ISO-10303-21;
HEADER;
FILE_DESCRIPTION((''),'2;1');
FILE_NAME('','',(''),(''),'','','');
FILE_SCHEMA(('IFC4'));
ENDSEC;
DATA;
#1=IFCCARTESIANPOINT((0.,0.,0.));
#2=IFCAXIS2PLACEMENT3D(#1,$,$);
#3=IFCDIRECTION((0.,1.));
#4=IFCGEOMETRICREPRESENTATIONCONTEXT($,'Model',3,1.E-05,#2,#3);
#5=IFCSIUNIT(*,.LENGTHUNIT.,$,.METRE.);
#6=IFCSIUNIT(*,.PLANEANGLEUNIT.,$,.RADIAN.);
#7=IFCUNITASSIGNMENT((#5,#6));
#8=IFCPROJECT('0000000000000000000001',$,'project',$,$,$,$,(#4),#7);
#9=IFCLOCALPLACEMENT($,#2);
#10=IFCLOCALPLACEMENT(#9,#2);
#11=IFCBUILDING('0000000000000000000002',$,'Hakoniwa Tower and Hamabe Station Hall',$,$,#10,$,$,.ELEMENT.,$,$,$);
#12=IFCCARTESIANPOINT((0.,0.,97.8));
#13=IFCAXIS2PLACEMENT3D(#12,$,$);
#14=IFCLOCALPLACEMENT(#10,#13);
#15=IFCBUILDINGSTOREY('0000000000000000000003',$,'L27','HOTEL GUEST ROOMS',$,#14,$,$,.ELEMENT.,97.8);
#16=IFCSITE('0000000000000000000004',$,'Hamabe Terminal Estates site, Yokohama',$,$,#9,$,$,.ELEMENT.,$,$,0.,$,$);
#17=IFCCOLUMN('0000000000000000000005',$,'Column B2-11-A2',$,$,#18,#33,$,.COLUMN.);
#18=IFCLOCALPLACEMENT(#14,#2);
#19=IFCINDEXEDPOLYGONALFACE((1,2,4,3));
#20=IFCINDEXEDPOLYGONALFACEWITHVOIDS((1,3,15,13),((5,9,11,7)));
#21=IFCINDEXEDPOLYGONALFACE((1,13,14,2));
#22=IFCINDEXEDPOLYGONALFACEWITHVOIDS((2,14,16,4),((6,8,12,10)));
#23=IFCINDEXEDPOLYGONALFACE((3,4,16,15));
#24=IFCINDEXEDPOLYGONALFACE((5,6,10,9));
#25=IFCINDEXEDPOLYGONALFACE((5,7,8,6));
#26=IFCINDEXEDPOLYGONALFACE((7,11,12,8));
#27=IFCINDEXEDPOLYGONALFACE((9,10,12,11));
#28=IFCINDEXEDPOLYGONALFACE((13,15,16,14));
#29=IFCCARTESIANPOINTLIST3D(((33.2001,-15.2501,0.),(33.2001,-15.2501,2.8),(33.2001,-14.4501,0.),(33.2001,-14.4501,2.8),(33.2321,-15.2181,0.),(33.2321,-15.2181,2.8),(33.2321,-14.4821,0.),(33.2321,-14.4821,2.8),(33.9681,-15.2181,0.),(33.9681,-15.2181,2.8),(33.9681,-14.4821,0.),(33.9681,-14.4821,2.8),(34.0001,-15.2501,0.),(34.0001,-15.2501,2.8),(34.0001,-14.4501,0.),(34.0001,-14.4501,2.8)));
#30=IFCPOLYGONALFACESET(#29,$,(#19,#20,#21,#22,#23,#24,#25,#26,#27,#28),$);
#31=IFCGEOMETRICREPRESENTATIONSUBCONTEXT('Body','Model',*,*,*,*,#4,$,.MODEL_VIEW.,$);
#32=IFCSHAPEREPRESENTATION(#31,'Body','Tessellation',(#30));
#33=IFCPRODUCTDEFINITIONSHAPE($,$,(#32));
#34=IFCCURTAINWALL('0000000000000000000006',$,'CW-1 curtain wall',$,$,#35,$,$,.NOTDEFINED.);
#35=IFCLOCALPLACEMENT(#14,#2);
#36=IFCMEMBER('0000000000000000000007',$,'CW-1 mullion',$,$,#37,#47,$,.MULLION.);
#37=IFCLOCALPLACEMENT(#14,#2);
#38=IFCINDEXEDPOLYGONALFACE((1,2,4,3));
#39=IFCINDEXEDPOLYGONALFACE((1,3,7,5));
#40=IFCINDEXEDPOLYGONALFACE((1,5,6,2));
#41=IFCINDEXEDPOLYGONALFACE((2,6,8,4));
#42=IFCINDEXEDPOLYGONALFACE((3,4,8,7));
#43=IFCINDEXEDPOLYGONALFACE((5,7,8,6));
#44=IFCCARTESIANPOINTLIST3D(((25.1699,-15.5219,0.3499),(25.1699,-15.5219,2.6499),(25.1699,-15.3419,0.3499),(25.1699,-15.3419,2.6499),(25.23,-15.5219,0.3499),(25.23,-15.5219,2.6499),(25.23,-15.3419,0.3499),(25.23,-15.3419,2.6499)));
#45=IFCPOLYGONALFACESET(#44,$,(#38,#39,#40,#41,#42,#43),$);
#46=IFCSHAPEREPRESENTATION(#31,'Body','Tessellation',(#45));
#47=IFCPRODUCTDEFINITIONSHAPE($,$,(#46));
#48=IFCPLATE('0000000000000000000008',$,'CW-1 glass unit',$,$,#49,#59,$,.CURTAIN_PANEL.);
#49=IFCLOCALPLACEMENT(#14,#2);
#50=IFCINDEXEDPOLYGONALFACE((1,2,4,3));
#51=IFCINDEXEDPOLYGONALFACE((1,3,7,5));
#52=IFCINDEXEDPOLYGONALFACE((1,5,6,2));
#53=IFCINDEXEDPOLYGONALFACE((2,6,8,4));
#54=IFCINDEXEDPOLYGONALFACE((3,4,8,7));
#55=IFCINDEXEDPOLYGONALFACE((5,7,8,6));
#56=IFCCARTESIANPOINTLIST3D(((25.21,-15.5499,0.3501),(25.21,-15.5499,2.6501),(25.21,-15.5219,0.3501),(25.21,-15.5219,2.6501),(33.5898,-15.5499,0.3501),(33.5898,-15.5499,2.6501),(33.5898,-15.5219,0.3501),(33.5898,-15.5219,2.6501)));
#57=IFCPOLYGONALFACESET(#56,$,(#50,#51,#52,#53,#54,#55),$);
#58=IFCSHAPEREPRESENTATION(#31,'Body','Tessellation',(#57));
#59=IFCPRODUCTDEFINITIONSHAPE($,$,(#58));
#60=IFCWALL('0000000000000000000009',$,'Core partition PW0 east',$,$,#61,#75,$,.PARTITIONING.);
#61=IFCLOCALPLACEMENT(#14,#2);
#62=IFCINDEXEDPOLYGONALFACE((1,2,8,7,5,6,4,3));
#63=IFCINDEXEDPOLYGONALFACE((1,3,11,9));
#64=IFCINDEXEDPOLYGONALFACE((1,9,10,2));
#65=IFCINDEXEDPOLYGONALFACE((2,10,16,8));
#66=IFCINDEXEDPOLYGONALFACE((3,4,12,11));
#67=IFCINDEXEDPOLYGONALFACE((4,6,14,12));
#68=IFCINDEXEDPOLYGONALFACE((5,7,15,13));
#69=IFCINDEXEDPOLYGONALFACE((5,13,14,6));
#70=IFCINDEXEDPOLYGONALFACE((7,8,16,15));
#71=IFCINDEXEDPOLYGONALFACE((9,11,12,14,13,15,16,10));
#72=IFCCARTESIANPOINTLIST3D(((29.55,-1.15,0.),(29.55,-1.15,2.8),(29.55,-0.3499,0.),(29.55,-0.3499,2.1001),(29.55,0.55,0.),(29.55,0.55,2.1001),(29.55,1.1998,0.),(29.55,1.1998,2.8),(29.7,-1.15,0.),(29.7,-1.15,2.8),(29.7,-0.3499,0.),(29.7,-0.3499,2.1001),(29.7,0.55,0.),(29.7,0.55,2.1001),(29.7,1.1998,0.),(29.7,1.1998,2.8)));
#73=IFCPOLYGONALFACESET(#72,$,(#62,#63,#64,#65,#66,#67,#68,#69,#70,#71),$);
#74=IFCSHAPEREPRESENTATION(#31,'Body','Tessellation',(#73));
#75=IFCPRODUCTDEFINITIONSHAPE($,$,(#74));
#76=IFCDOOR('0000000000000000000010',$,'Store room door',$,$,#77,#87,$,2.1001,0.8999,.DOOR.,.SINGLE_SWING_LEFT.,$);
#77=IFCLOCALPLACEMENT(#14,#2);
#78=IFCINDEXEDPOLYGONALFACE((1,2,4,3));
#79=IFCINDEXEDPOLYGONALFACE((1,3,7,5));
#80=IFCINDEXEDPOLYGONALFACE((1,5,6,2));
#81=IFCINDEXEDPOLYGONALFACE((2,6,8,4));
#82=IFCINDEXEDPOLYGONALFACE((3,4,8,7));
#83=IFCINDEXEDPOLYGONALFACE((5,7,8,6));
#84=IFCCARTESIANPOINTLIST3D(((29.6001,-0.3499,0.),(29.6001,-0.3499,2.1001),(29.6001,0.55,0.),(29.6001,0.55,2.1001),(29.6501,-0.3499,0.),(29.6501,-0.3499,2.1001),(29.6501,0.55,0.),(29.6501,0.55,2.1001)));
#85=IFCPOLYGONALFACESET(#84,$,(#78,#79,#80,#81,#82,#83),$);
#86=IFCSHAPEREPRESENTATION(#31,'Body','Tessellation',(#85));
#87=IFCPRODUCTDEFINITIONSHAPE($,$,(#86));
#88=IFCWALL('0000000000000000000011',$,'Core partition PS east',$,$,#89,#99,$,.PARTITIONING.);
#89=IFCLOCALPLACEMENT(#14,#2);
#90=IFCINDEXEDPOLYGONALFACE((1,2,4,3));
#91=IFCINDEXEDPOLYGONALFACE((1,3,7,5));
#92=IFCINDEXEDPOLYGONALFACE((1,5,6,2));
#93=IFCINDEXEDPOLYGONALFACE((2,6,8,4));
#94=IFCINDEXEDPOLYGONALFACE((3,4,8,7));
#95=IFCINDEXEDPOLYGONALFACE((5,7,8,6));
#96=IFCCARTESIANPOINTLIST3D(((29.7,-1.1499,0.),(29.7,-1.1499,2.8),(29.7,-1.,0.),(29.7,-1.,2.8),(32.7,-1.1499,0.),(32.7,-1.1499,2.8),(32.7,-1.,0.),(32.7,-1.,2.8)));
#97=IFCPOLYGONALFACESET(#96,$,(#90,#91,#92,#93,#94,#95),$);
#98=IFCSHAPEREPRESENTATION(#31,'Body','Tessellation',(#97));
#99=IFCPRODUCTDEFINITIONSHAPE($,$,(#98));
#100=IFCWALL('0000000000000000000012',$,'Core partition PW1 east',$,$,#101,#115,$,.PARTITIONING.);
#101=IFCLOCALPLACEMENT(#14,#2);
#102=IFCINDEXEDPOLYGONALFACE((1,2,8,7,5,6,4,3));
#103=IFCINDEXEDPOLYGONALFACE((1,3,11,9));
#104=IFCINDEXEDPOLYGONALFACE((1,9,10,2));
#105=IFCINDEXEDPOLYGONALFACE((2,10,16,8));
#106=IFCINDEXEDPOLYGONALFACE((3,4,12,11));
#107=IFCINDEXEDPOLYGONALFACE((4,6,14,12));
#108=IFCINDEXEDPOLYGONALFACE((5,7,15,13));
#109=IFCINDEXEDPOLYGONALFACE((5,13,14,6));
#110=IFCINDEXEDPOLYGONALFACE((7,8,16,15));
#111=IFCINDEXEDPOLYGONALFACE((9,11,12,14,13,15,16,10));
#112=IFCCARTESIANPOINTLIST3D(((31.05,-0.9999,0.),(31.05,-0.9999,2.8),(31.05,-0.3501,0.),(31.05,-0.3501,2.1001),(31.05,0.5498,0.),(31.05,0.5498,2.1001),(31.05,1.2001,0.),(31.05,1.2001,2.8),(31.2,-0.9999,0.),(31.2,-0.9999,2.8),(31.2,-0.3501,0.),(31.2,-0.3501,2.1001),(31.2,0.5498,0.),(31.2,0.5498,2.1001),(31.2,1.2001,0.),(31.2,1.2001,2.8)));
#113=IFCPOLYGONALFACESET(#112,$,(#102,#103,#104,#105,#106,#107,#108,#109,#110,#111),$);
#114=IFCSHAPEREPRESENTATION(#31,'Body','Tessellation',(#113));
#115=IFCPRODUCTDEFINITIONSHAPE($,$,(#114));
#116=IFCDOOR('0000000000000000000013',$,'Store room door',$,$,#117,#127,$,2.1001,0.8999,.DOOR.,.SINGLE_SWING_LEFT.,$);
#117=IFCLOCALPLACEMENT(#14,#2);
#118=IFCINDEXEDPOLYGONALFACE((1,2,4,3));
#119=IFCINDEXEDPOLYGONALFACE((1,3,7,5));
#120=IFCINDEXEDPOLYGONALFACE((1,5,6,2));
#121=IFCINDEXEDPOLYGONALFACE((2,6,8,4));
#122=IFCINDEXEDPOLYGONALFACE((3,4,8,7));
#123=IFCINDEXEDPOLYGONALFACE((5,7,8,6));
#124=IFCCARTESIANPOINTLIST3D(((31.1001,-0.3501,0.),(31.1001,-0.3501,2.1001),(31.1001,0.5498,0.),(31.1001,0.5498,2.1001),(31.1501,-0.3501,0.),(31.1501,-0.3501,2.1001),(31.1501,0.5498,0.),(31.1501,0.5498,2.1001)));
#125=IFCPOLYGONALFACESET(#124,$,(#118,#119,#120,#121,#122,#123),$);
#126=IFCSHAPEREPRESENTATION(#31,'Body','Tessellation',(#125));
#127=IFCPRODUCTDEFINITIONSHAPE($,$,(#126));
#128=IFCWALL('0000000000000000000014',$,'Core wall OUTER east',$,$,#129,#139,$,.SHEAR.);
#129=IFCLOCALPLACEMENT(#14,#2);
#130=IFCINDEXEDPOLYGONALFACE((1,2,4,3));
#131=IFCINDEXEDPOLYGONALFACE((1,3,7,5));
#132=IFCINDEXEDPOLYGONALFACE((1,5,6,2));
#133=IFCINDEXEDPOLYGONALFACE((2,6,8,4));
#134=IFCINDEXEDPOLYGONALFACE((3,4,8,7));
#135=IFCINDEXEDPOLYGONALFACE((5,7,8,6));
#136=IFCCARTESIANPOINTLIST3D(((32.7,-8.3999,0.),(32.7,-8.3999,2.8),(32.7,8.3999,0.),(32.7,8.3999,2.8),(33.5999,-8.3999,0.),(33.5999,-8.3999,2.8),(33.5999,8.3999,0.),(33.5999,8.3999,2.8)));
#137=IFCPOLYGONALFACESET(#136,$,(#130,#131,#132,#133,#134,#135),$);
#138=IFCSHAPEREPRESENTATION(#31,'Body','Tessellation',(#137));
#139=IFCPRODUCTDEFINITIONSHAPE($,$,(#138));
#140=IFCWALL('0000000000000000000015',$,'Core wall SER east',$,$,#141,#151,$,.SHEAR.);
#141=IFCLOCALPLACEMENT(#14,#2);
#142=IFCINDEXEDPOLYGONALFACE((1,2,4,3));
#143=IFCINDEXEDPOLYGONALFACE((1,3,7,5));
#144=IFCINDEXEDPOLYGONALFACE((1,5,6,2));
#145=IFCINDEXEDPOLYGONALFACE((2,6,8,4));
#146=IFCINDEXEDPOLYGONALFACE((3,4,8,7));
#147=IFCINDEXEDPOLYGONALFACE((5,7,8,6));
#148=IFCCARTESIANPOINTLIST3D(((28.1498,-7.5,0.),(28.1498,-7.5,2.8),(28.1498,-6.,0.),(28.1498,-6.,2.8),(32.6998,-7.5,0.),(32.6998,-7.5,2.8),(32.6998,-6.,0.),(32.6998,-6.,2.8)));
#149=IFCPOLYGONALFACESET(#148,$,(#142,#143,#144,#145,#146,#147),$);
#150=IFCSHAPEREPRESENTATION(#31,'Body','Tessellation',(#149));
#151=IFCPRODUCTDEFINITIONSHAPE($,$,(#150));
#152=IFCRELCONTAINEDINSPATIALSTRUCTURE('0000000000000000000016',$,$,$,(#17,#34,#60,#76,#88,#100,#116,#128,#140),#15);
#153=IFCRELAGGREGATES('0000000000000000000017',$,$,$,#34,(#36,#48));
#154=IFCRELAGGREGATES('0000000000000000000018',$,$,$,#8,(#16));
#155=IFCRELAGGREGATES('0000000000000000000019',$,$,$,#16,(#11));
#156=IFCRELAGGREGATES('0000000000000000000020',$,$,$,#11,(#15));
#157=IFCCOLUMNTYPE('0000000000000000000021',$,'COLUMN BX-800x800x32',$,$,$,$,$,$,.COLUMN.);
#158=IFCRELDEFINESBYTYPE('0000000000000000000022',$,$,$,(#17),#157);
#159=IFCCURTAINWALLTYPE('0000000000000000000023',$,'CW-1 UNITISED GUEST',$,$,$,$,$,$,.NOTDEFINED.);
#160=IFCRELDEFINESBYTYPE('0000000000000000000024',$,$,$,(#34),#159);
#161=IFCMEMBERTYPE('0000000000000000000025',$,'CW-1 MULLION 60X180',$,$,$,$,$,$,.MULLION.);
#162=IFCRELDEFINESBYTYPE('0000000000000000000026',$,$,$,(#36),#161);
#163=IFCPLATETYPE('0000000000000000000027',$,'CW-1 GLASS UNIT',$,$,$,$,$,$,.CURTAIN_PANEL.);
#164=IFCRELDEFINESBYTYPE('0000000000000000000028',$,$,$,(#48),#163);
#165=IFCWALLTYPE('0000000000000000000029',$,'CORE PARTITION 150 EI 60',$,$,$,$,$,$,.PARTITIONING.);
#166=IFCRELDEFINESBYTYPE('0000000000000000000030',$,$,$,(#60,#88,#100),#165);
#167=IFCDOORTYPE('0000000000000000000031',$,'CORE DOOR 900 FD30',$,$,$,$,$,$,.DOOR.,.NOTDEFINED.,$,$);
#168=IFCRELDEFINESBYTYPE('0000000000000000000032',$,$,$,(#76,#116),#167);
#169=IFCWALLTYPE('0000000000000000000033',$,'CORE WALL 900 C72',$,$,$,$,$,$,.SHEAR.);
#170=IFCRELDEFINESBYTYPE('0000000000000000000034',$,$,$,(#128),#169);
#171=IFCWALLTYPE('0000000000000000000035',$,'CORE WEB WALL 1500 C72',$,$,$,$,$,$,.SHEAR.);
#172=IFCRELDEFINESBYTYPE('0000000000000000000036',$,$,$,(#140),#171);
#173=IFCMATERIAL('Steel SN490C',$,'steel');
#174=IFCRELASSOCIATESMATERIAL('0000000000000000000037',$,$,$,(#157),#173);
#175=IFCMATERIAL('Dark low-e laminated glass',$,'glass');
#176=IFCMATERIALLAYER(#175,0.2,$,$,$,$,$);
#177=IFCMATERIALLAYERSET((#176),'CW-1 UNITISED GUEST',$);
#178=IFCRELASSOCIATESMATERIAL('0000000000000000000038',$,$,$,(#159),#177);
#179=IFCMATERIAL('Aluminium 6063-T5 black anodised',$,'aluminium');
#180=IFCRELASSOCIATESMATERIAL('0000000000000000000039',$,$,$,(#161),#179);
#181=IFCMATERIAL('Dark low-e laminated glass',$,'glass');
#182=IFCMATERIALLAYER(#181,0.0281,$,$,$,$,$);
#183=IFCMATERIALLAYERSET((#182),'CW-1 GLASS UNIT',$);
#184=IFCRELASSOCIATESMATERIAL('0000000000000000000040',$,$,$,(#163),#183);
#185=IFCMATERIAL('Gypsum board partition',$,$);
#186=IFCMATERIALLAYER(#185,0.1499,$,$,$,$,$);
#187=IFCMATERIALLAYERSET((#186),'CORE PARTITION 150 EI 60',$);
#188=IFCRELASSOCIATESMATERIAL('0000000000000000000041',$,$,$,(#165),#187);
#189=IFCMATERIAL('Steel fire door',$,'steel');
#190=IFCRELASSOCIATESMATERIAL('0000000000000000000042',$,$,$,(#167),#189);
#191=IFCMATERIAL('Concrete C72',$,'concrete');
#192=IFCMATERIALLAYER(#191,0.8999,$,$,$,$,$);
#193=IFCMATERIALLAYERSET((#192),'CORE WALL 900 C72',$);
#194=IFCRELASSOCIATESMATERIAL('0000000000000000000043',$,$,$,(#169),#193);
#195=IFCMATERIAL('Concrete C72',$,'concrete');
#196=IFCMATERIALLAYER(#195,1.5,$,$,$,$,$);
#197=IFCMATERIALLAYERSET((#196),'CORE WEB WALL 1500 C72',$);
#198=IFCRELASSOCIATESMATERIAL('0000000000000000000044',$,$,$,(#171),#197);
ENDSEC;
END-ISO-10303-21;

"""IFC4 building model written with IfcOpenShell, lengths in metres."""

from ifc_helpers import new_model, si_unit, direction, frame, frame_2d, origin, origin_2d, place, context, subcontext, project, spatial, rectangle, hollow_rectangle, extrude, material, layer, layer_set, material_profile, profile_set, type_object, element, fill, aggregate, save


model = new_model("IFC4")

# Units and contexts
model_context = context("Model", 3, precision=1e-05, world=origin(), true_north=direction((0.0, 1.0)))
body_context = subcontext(model_context, "Body", "Model", "MODEL_VIEW")
ifc_project = project(units=[si_unit("LENGTHUNIT", "METRE"), si_unit("PLANEANGLEUNIT", "RADIAN")], contexts=[model_context])

# Site, building, storey
site_placement = place(None, origin())
site = spatial("IfcSite", under=ifc_project, at=site_placement, Name="Hamabe Terminal Estates site, Yokohama", CompositionType="ELEMENT", RefElevation=0.0)
building_placement = place(site_placement, origin())
building = spatial("IfcBuilding", under=site, at=building_placement, Name="Hakoniwa Tower and Hamabe Station Hall", CompositionType="ELEMENT")
storey_placement = place(building_placement, frame((0.0, 0.0, 97.8)))
storey = spatial("IfcBuildingStorey", under=building, at=storey_placement, Name="L27", Description="HOTEL GUEST ROOMS", CompositionType="ELEMENT", Elevation=97.8)

# Column
ifc_material_1 = material(Name="Steel SN490C", Category="steel")
ifc_material_profile_1 = material_profile(ifc_material_1, hollow_rectangle(XDim=0.8, YDim=0.8, WallThickness=0.032, at=origin_2d()), Name="BX-800x800x32")
ifc_profile_set_1 = profile_set([ifc_material_profile_1], Name="Steel SN490C")
column_type = type_object("IfcColumnType", Name="COLUMN BX-800x800x32", PredefinedType="COLUMN", material=ifc_profile_set_1)
column_placement = place(storey_placement, frame((33.6001, -14.8501, 0.0), z_axis=(0.0, 0.0, 1.0), x_axis=(1.0, 0.0, 0.0)))
element("IfcColumn", 1, at=column_placement, inside=storey, type_object=column_type, Name="Column B2-11-A2", PredefinedType="COLUMN", context=body_context, shape_type="SweptSolid", body=[
    extrude(hollow_rectangle(XDim=0.8, YDim=0.8, WallThickness=0.032, at=origin_2d()), origin(), (0.0, 0.0, 1.0), 2.8),
])

# Curtain wall, member, plate
ifc_material_2 = material(Name="Dark low-e laminated glass", Category="glass")
ifc_layer_1 = layer(ifc_material_2, 0.2)
ifc_layer_set_1 = layer_set([ifc_layer_1], Name="CW-1 UNITISED GUEST")
curtain_wall_type = type_object("IfcCurtainWallType", Name="CW-1 UNITISED GUEST", PredefinedType="NOTDEFINED", material=ifc_layer_set_1)
curtain_wall_placement = place(storey_placement, origin())
curtain_wall = element("IfcCurtainWall", 2, at=curtain_wall_placement, inside=storey, type_object=curtain_wall_type, Name="CW-1 curtain wall", PredefinedType="NOTDEFINED")
ifc_material_3 = material(Name="Aluminium 6063-T5 black anodised", Category="aluminium")
ifc_material_profile_2 = material_profile(ifc_material_3, rectangle(XDim=0.0601, YDim=0.1799, at=origin_2d()), Name="CW-1 MULLION 60X180")
ifc_profile_set_2 = profile_set([ifc_material_profile_2], Name="Aluminium 6063-T5 black anodised")
member_type = type_object("IfcMemberType", Name="CW-1 MULLION 60X180", PredefinedType="MULLION", material=ifc_profile_set_2)
member_placement = place(storey_placement, frame((25.2, -15.4319, 0.3499), z_axis=(0.0, 0.0, 1.0), x_axis=(1.0, 0.0, 0.0)))
member = element("IfcMember", 3, at=member_placement, type_object=member_type, Name="CW-1 mullion", PredefinedType="MULLION", context=body_context, shape_type="SweptSolid", body=[
    extrude(rectangle(XDim=0.0601, YDim=0.1799, at=origin_2d()), origin(), (0.0, 0.0, 1.0), 2.3),
])
ifc_material_4 = material(Name="Dark low-e laminated glass", Category="glass")
ifc_layer_2 = layer(ifc_material_4, 0.0281)
ifc_layer_set_2 = layer_set([ifc_layer_2], Name="CW-1 GLASS UNIT")
plate_type = type_object("IfcPlateType", Name="CW-1 GLASS UNIT", PredefinedType="CURTAIN_PANEL", material=ifc_layer_set_2)
plate_placement = place(storey_placement, frame((29.3999, -15.5359, 0.3501), z_axis=(0.0, 0.0, 1.0), x_axis=(1.0, 0.0, 0.0)))
plate = element("IfcPlate", 4, at=plate_placement, type_object=plate_type, Name="CW-1 glass unit", PredefinedType="CURTAIN_PANEL", context=body_context, shape_type="SweptSolid", body=[
    extrude(rectangle(XDim=8.3799, YDim=0.0281, at=origin_2d()), origin(), (0.0, 0.0, 1.0), 2.3),
])
aggregate(curtain_wall, [member, plate])

# Wall, opening, door
ifc_material_5 = material(Name="Gypsum board partition")
ifc_layer_3 = layer(ifc_material_5, 0.1499)
ifc_layer_set_3 = layer_set([ifc_layer_3], Name="CORE PARTITION 150 EI 60")
wall_type_1 = type_object("IfcWallType", Name="CORE PARTITION 150 EI 60", PredefinedType="PARTITIONING", material=ifc_layer_set_3)
wall_1_placement = place(storey_placement, frame((29.625, -1.1499, 0.0), z_axis=(0.0, 0.0, 1.0), x_axis=(0.0, 1.0, 0.0)))
wall_1 = element("IfcWall", 5, at=wall_1_placement, inside=storey, type_object=wall_type_1, Name="Core partition PW0 east", PredefinedType="PARTITIONING", context=body_context, shape_type="SweptSolid", body=[
    extrude(rectangle(XDim=2.3499, YDim=0.1499, at=frame_2d((1.1748, 0.0))), origin(), (0.0, 0.0, 1.0), 2.8),
])
opening_1_placement = place(wall_1_placement, frame((0.8, 0.0, 0.0)))
opening_1 = element("IfcOpeningElement", 6, at=opening_1_placement, cuts=wall_1, PredefinedType="OPENING", context=body_context, shape_type="SweptSolid", body=[
    extrude(rectangle(XDim=0.8999, YDim=2.1001, at=frame_2d((0.45, 1.05))), frame((0.0, 0.085, 0.0), z_axis=(0.0, -1.0, 0.0), x_axis=(1.0, 0.0, 0.0)), (0.0, 0.0, 1.0), 0.1699),
])
ifc_material_6 = material(Name="Steel fire door", Category="steel")
door_type_1 = type_object("IfcDoorType", Name="CORE DOOR 900 FD30", OperationType="NOTDEFINED", PredefinedType="DOOR", material=ifc_material_6)
door_1_placement = place(opening_1_placement, origin())
door_1 = element("IfcDoor", 7, at=door_1_placement, inside=storey, type_object=door_type_1, Name="Store room door", OperationType="SINGLE_SWING_LEFT", OverallHeight=2.1001, OverallWidth=0.8999, PredefinedType="DOOR", context=body_context, shape_type="SweptSolid", body=[
    extrude(rectangle(XDim=0.8999, YDim=2.1001, at=frame_2d((0.45, 1.05))), frame((0.0, 0.0249, 0.0), z_axis=(0.0, -1.0, 0.0), x_axis=(1.0, 0.0, 0.0)), (0.0, 0.0, 1.0), 0.05),
])
fill(opening_1, door_1)

# Wall
wall_2_placement = place(storey_placement, frame((29.7, -1.075, 0.0), z_axis=(0.0, 0.0, 1.0), x_axis=(1.0, 0.0, 0.0)))
element("IfcWall", 8, at=wall_2_placement, inside=storey, type_object=wall_type_1, Name="Core partition PS east", PredefinedType="PARTITIONING", context=body_context, shape_type="SweptSolid", body=[
    extrude(rectangle(XDim=3.0, YDim=0.1499, at=frame_2d((1.5, 0.0))), origin(), (0.0, 0.0, 1.0), 2.8),
])

# Wall, opening, door
wall_3_placement = place(storey_placement, frame((31.125, -1.0, 0.0), z_axis=(0.0, 0.0, 1.0), x_axis=(0.0, 1.0, 0.0)))
wall_3 = element("IfcWall", 9, at=wall_3_placement, inside=storey, type_object=wall_type_1, Name="Core partition PW1 east", PredefinedType="PARTITIONING", context=body_context, shape_type="SweptSolid", body=[
    extrude(rectangle(XDim=2.2, YDim=0.1499, at=frame_2d((1.1001, 0.0))), origin(), (0.0, 0.0, 1.0), 2.8),
])
opening_2_placement = place(wall_3_placement, frame((0.6499, 0.0, 0.0)))
opening_2 = element("IfcOpeningElement", 10, at=opening_2_placement, cuts=wall_3, PredefinedType="OPENING", context=body_context, shape_type="SweptSolid", body=[
    extrude(rectangle(XDim=0.8999, YDim=2.1001, at=frame_2d((0.45, 1.05))), frame((0.0, 0.085, 0.0), z_axis=(0.0, -1.0, 0.0), x_axis=(1.0, 0.0, 0.0)), (0.0, 0.0, 1.0), 0.1699),
])
door_2_placement = place(opening_2_placement, origin())
door_2 = element("IfcDoor", 11, at=door_2_placement, inside=storey, type_object=door_type_1, Name="Store room door", OperationType="SINGLE_SWING_LEFT", OverallHeight=2.1001, OverallWidth=0.8999, PredefinedType="DOOR", context=body_context, shape_type="SweptSolid", body=[
    extrude(rectangle(XDim=0.8999, YDim=2.1001, at=frame_2d((0.45, 1.05))), frame((0.0, 0.0249, 0.0), z_axis=(0.0, -1.0, 0.0), x_axis=(1.0, 0.0, 0.0)), (0.0, 0.0, 1.0), 0.05),
])
fill(opening_2, door_2)

# Walls
ifc_material_7 = material(Name="Concrete C72", Category="concrete")
ifc_layer_4 = layer(ifc_material_7, 0.8999)
ifc_layer_set_4 = layer_set([ifc_layer_4], Name="CORE WALL 900 C72")
wall_type_2 = type_object("IfcWallType", Name="CORE WALL 900 C72", PredefinedType="SHEAR", material=ifc_layer_set_4)
wall_4_placement = place(storey_placement, frame((33.1499, -8.3999, 0.0), z_axis=(0.0, 0.0, 1.0), x_axis=(0.0, 1.0, 0.0)))
element("IfcWall", 12, at=wall_4_placement, inside=storey, type_object=wall_type_2, Name="Core wall OUTER east", PredefinedType="SHEAR", context=body_context, shape_type="SweptSolid", body=[
    extrude(rectangle(XDim=16.7998, YDim=0.8999, at=frame_2d((8.3999, 0.0))), origin(), (0.0, 0.0, 1.0), 2.8),
])
ifc_material_8 = material(Name="Concrete C72", Category="concrete")
ifc_layer_5 = layer(ifc_material_8, 1.5)
ifc_layer_set_5 = layer_set([ifc_layer_5], Name="CORE WEB WALL 1500 C72")
wall_type_3 = type_object("IfcWallType", Name="CORE WEB WALL 1500 C72", PredefinedType="SHEAR", material=ifc_layer_set_5)
wall_5_placement = place(storey_placement, frame((28.1499, -6.75, 0.0), z_axis=(0.0, 0.0, 1.0), x_axis=(1.0, 0.0, 0.0)))
element("IfcWall", 13, at=wall_5_placement, inside=storey, type_object=wall_type_3, Name="Core wall SER east", PredefinedType="SHEAR", context=body_context, shape_type="SweptSolid", body=[
    extrude(rectangle(XDim=4.55, YDim=1.5, at=frame_2d((2.2749, 0.0))), origin(), (0.0, 0.0, 1.0), 2.8),
])

save(model, "model.ifc")
